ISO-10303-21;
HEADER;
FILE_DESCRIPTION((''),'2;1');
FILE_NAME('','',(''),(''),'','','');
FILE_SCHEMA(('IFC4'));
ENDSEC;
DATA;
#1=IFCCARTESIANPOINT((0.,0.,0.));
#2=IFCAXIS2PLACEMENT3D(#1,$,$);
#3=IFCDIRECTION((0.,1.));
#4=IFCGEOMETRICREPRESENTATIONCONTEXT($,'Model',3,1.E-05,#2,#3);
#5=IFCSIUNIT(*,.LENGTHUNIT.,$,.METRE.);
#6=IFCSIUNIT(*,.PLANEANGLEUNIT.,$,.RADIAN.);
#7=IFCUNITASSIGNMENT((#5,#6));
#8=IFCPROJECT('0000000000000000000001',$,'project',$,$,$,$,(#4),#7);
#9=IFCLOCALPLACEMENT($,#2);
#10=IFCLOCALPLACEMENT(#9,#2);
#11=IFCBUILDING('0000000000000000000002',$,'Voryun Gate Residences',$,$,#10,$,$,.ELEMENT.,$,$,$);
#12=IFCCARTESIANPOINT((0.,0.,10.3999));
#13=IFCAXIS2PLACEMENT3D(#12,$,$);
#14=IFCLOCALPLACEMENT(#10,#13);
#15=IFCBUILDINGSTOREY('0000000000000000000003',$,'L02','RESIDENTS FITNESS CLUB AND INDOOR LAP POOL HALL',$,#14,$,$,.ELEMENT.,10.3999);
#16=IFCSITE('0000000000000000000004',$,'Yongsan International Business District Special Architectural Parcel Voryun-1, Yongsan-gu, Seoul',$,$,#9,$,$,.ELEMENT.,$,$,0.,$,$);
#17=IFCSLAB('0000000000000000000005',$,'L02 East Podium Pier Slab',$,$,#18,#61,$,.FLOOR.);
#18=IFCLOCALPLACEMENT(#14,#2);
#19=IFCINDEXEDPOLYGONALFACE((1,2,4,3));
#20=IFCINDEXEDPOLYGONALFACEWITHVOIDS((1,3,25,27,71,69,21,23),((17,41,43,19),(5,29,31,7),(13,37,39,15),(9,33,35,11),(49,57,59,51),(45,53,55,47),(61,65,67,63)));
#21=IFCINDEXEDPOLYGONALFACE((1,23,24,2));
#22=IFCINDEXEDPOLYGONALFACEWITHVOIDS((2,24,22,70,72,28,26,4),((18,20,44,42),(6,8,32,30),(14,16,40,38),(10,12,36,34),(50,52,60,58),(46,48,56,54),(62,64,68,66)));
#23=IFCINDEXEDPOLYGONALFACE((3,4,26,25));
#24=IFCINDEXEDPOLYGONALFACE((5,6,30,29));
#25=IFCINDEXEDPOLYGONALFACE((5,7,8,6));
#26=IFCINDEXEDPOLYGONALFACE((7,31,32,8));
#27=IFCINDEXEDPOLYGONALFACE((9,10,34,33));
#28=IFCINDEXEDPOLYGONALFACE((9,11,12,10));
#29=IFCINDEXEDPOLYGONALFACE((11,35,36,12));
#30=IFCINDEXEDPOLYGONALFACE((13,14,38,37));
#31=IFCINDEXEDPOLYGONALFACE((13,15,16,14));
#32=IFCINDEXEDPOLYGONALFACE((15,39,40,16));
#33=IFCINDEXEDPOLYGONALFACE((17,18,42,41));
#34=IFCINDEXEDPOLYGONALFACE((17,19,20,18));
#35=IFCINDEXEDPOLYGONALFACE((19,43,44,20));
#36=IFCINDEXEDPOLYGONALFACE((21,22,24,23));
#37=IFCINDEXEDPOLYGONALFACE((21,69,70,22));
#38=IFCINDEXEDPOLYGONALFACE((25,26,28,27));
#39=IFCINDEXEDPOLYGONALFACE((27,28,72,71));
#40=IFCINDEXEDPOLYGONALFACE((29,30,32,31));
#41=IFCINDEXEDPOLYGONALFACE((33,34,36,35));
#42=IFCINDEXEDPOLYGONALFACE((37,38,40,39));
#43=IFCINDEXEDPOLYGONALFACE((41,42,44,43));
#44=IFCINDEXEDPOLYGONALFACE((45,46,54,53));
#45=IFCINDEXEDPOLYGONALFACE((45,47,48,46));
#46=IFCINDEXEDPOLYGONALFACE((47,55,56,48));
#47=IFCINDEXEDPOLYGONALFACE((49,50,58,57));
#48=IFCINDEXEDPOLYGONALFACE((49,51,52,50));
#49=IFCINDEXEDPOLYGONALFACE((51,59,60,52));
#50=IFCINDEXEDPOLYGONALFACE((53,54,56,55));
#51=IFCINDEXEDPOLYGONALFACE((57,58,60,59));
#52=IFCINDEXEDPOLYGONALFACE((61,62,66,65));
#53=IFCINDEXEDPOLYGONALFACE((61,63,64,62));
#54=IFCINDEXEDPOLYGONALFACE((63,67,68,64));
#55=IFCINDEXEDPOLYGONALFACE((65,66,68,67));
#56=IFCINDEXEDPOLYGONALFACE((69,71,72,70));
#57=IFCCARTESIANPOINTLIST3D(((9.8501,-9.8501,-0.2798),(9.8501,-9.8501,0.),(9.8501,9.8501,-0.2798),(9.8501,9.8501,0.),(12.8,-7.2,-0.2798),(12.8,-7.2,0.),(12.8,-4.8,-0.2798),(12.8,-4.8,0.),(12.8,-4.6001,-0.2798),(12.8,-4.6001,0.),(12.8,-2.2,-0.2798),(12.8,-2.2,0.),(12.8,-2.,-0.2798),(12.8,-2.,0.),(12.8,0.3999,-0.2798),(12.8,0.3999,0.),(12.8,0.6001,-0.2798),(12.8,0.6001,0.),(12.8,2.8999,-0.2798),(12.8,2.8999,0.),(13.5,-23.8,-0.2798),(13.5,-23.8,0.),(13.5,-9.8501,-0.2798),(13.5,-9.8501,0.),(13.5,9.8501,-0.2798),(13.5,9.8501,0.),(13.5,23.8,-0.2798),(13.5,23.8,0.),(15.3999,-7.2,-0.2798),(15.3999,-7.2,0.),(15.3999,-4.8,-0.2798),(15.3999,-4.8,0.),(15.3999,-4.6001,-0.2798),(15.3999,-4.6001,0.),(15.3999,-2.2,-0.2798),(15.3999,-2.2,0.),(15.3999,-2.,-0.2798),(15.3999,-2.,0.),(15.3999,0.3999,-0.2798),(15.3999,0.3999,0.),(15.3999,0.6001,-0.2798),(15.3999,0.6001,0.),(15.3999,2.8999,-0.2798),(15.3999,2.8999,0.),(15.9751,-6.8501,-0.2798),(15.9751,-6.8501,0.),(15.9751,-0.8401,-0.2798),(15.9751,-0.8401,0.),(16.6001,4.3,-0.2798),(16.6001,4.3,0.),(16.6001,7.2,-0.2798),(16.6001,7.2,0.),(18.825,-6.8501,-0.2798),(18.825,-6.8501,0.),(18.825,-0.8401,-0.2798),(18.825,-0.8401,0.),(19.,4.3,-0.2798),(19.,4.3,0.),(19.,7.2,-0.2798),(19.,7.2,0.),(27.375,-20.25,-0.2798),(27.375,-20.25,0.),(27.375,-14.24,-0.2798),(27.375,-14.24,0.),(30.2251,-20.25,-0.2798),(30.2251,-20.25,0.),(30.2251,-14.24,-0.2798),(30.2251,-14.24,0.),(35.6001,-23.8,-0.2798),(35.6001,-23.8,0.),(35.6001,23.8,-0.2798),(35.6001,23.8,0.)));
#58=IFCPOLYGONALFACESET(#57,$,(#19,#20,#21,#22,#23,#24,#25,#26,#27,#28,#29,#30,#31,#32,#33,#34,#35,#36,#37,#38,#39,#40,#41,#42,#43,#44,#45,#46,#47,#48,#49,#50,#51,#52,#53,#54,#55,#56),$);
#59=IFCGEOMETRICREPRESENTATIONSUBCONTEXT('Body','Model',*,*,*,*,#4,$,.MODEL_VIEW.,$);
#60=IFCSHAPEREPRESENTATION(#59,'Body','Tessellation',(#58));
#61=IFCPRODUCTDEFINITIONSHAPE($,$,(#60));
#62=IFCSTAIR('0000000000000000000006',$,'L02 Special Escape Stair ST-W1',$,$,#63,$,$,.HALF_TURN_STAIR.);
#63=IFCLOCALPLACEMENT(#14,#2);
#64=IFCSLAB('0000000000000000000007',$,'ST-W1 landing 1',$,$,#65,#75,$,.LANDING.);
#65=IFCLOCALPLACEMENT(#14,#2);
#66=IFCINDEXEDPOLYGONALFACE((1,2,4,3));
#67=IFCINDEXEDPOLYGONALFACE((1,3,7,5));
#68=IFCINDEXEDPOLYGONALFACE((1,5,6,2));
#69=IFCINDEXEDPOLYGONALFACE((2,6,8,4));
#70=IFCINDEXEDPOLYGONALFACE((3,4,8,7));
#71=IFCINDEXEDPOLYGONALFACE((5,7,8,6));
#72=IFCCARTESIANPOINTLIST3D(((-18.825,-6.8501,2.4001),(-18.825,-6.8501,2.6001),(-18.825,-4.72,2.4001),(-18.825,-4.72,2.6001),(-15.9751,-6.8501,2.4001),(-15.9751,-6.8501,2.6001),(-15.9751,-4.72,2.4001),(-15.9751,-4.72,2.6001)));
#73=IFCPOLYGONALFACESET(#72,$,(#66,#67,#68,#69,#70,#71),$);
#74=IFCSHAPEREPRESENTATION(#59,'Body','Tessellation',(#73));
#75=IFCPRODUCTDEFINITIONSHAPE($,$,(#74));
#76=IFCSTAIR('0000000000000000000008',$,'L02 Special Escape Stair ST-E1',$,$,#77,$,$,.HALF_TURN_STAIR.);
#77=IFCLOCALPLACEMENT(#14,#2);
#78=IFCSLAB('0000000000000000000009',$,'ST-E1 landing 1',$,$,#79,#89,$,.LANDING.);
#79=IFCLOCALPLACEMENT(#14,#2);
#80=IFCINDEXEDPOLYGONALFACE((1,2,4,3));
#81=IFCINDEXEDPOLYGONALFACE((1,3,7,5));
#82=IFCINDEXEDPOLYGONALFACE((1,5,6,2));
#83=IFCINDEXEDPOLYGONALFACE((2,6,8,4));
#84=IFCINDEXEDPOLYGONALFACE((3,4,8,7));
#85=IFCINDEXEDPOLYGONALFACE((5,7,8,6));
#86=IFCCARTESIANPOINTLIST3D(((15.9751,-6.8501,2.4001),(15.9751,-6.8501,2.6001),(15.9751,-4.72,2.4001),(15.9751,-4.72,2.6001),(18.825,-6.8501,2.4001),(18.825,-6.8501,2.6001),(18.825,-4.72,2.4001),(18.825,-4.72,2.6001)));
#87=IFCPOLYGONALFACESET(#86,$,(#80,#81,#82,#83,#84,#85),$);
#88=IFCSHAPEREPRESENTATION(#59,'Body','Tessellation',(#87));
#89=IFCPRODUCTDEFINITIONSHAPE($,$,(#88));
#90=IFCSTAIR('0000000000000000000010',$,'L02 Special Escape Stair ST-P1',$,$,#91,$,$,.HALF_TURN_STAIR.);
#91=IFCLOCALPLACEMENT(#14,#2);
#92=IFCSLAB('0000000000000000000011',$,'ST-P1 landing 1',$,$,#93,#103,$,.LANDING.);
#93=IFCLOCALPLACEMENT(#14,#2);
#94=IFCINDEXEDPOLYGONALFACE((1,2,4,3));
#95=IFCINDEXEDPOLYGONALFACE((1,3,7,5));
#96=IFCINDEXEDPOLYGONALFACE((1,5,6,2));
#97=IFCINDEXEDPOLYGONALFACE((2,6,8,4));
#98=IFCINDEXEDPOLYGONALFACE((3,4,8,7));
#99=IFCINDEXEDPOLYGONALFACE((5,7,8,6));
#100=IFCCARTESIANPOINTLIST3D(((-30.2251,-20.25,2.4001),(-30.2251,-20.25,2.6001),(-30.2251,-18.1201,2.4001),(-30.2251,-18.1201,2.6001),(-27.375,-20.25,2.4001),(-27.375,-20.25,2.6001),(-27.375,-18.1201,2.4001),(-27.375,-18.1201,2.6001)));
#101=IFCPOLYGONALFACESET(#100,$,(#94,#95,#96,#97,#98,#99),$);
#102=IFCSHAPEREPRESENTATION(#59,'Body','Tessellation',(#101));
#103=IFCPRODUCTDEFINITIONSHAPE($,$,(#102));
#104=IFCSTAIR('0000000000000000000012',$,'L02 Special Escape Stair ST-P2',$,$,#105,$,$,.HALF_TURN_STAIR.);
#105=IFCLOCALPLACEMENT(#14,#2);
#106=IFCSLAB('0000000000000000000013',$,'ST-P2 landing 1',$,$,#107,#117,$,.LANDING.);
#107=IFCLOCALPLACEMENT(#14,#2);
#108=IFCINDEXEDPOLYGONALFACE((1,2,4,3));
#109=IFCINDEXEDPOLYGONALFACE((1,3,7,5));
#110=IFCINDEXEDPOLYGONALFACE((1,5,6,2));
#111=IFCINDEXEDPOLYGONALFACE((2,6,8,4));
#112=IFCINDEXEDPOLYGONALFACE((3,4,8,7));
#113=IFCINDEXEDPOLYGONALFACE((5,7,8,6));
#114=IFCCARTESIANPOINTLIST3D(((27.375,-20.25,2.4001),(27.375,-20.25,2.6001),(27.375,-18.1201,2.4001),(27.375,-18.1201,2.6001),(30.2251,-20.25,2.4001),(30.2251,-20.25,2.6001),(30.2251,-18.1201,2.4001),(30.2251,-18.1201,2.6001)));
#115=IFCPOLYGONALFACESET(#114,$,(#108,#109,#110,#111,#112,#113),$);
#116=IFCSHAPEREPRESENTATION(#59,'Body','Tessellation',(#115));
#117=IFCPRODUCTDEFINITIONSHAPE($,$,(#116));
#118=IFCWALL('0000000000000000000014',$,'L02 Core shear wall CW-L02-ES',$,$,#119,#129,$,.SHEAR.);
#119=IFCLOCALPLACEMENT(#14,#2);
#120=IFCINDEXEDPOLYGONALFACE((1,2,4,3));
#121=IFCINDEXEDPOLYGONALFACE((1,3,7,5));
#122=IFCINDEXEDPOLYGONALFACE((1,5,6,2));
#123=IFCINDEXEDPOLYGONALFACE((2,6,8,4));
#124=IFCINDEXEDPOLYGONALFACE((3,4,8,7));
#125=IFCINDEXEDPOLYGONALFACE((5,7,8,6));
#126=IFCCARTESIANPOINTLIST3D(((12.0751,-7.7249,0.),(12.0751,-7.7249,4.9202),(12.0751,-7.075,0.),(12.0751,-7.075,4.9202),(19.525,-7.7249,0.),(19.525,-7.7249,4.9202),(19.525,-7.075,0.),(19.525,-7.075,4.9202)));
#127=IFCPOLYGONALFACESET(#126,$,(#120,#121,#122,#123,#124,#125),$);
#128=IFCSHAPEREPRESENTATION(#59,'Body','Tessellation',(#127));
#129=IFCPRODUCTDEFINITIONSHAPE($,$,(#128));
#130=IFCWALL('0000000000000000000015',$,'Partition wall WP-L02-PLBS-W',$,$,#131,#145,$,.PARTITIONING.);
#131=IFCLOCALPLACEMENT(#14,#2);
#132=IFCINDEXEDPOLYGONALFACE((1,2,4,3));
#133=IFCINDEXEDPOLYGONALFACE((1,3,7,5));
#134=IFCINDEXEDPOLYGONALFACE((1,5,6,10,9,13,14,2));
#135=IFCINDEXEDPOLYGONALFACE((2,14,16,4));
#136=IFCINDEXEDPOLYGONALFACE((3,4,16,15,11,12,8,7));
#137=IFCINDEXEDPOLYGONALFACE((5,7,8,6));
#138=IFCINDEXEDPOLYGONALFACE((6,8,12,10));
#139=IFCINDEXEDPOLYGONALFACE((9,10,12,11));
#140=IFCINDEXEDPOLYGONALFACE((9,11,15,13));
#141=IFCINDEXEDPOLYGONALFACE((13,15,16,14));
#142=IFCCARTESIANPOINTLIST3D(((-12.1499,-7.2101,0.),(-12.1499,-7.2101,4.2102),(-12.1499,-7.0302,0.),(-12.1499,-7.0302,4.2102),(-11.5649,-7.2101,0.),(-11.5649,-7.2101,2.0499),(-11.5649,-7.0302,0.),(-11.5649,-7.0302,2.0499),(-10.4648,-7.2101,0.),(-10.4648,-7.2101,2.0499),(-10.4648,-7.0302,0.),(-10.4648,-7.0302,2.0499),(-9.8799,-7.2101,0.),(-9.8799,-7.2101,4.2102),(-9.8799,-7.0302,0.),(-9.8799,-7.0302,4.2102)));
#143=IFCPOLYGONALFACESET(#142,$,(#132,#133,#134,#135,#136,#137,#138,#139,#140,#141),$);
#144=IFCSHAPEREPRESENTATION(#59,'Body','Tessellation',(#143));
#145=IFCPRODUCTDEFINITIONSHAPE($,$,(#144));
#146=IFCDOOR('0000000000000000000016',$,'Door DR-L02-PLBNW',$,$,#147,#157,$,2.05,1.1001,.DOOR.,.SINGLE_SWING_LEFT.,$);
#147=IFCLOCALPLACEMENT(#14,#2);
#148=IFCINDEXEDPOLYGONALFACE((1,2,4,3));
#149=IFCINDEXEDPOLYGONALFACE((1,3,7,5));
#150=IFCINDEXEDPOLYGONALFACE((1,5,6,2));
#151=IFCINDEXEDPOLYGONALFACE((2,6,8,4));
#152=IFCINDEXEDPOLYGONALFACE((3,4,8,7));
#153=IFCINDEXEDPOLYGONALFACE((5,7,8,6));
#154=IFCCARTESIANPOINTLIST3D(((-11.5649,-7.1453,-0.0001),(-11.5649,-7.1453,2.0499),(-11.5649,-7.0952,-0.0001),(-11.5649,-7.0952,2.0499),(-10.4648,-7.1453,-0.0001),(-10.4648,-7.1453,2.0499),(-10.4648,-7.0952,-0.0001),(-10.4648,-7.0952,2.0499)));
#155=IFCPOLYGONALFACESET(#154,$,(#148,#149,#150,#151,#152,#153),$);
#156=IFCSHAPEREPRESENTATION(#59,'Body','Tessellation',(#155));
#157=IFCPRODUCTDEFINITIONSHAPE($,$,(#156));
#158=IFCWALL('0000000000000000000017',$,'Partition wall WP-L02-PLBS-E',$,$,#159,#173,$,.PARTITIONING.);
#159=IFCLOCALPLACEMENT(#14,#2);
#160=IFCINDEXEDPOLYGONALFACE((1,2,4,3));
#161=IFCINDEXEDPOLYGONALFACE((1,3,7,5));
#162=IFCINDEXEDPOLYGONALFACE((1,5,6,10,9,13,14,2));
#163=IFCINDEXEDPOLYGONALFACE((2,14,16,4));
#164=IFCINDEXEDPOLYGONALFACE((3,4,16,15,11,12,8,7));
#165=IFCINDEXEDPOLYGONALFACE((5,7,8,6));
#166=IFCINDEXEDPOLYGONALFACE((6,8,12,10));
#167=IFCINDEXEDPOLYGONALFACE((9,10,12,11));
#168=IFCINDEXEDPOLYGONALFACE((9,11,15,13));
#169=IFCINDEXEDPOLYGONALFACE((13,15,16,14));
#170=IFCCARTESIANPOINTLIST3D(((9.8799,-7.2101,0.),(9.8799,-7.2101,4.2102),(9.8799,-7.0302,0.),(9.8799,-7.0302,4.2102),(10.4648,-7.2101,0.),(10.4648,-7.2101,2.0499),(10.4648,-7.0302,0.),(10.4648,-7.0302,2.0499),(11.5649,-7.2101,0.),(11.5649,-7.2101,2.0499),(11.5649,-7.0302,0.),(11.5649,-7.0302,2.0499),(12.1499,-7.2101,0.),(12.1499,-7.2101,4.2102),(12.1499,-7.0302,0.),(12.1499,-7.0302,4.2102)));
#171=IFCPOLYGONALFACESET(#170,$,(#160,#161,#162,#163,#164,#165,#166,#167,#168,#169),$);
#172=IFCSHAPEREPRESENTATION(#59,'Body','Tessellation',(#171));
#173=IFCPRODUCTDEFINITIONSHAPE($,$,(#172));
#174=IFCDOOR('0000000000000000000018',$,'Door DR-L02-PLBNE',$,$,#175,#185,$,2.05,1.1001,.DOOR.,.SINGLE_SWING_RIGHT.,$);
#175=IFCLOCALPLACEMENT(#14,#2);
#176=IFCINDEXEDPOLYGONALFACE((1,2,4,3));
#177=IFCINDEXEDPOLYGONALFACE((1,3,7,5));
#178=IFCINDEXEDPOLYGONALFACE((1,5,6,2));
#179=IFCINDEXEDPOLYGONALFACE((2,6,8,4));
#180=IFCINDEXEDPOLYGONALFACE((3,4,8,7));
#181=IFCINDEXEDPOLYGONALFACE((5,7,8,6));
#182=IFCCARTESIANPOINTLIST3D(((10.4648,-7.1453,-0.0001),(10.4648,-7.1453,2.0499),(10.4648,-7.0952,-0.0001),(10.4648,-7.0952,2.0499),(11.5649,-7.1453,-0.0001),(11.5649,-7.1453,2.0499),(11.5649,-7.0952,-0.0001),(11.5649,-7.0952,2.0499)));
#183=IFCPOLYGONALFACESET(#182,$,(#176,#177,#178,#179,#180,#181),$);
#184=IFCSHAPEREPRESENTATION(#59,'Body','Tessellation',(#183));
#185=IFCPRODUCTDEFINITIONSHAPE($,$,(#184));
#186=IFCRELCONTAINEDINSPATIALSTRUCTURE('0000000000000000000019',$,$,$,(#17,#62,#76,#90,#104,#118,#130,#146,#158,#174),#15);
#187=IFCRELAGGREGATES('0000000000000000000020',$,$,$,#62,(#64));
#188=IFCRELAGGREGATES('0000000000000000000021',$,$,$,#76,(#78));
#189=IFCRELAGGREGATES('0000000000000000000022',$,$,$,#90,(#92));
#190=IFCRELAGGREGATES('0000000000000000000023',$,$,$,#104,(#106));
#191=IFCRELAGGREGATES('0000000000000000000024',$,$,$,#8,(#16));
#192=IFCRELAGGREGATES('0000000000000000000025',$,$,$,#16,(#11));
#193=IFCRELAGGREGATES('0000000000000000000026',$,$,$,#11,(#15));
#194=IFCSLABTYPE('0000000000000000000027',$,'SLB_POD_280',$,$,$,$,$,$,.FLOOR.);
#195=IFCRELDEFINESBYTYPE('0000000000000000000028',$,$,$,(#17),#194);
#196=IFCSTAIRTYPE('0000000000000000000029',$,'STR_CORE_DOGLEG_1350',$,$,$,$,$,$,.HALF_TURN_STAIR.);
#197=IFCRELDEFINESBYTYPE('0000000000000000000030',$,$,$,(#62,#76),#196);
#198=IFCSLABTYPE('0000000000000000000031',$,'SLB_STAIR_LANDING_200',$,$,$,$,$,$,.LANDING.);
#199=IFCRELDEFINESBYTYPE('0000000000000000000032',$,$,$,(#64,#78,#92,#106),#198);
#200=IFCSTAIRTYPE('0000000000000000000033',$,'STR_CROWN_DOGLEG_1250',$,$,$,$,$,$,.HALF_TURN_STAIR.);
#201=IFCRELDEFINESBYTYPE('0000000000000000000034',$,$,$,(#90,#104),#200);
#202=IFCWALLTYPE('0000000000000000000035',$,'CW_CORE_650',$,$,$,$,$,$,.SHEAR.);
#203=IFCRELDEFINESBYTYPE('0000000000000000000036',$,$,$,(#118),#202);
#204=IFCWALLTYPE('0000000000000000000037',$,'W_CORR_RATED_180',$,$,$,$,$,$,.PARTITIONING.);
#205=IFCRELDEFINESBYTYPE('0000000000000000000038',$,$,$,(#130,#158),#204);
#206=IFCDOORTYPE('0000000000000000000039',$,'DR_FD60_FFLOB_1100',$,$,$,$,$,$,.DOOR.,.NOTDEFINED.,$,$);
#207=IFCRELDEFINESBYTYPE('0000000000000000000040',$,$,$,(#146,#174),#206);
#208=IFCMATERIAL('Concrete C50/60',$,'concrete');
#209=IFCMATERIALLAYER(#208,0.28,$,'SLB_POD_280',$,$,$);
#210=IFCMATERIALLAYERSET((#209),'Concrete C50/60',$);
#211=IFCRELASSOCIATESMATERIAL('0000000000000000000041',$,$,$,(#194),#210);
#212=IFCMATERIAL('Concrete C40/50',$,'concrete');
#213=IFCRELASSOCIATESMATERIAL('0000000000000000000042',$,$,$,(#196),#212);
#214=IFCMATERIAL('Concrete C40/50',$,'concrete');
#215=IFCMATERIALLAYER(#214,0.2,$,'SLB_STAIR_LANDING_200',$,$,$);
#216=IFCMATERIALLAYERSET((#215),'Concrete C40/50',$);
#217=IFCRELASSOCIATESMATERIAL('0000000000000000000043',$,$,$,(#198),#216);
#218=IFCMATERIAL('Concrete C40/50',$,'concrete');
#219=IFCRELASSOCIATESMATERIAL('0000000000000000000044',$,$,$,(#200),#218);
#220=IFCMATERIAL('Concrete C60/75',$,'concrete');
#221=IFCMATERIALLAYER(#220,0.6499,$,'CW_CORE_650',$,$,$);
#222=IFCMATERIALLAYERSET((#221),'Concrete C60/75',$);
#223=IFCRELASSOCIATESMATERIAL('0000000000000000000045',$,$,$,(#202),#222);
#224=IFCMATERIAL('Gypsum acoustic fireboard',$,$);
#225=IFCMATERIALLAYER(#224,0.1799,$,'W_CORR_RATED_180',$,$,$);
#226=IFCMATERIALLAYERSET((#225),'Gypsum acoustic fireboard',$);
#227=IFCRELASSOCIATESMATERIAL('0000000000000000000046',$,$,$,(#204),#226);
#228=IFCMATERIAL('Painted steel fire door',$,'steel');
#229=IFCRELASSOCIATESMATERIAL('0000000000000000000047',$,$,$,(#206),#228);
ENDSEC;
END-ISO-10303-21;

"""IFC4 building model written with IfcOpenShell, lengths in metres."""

from ifc_helpers import new_model, si_unit, direction, frame, frame_2d, origin, place, context, subcontext, project, spatial, polyline, rectangle, outline, extrude, material, layer, layer_set, type_object, element, fill, aggregate, save


model = new_model("IFC4")

# Units and contexts
model_context = context("Model", 3, precision=1e-05, world=origin(), true_north=direction((0.0, 1.0)))
body_context = subcontext(model_context, "Body", "Model", "MODEL_VIEW")
ifc_project = project(units=[si_unit("LENGTHUNIT", "METRE"), si_unit("PLANEANGLEUNIT", "RADIAN")], contexts=[model_context])

# Site, building, storey
site_placement = place(None, origin())
site = spatial("IfcSite", under=ifc_project, at=site_placement, Name="Yongsan International Business District Special Architectural Parcel Voryun-1, Yongsan-gu, Seoul", CompositionType="ELEMENT", RefElevation=0.0)
building_placement = place(site_placement, origin())
building = spatial("IfcBuilding", under=site, at=building_placement, Name="Voryun Gate Residences", CompositionType="ELEMENT")
storey_placement = place(building_placement, frame((0.0, 0.0, 10.3999)))
storey = spatial("IfcBuildingStorey", under=building, at=storey_placement, Name="L02", Description="RESIDENTS FITNESS CLUB AND INDOOR LAP POOL HALL", CompositionType="ELEMENT", Elevation=10.3999)

# Slab
ifc_material_1 = material(Name="Concrete C50/60", Category="concrete")
ifc_layer_1 = layer(ifc_material_1, 0.28, Name="SLB_POD_280")
ifc_layer_set_1 = layer_set([ifc_layer_1], Name="Concrete C50/60")
slab_type_1 = type_object("IfcSlabType", Name="SLB_POD_280", PredefinedType="FLOOR", material=ifc_layer_set_1)
slab_1_placement = place(storey_placement, frame((0.0, 0.0, -0.2798)))
element("IfcSlab", 1, at=slab_1_placement, inside=storey, type_object=slab_type_1, Name="L02 East Podium Pier Slab", PredefinedType="FLOOR", context=body_context, shape_type="SweptSolid", body=[
    extrude(outline(polyline([(9.8501, 9.8501), (13.5, 9.8501), (13.5, 23.8), (35.6001, 23.8), (35.6001, -23.8), (13.5, -23.8), (13.5, -9.8501), (9.8501, -9.8501), (9.8501, 9.8501)]), holes=[polyline([(30.2251, -20.25), (30.2251, -14.24), (27.375, -14.24), (27.375, -20.25), (30.2251, -20.25)]), polyline([(15.3999, -7.2), (15.3999, -4.8), (12.8, -4.8), (12.8, -7.2), (15.3999, -7.2)]), polyline([(15.9751, -6.8501), (18.825, -6.8501), (18.825, -0.8401), (15.9751, -0.8401), (15.9751, -6.8501)]), polyline([(15.3999, -4.6001), (15.3999, -2.2), (12.8, -2.2), (12.8, -4.6001), (15.3999, -4.6001)]), polyline([(15.3999, -2.0), (15.3999, 0.3999), (12.8, 0.3999), (12.8, -2.0), (15.3999, -2.0)]), polyline([(15.3999, 0.6001), (15.3999, 2.8999), (12.8, 2.8999), (12.8, 0.6001), (15.3999, 0.6001)]), polyline([(19.0, 4.3), (19.0, 7.2), (16.6001, 7.2), (16.6001, 4.3), (19.0, 4.3)])]), origin(), (0.0, 0.0, 1.0), 0.2798),
])

# Stairs, slabs
ifc_material_2 = material(Name="Concrete C40/50", Category="concrete")
stair_type_1 = type_object("IfcStairType", Name="STR_CORE_DOGLEG_1350", PredefinedType="HALF_TURN_STAIR", material=ifc_material_2)
stair_1_placement = place(storey_placement, origin())
stair_1 = element("IfcStair", 2, at=stair_1_placement, inside=storey, type_object=stair_type_1, Name="L02 Special Escape Stair ST-W1", PredefinedType="HALF_TURN_STAIR")
ifc_material_3 = material(Name="Concrete C40/50", Category="concrete")
ifc_layer_2 = layer(ifc_material_3, 0.2, Name="SLB_STAIR_LANDING_200")
ifc_layer_set_2 = layer_set([ifc_layer_2], Name="Concrete C40/50")
slab_type_2 = type_object("IfcSlabType", Name="SLB_STAIR_LANDING_200", PredefinedType="LANDING", material=ifc_layer_set_2)
slab_2_placement = place(storey_placement, frame((0.0, 0.0, 2.4001)))
slab_2 = element("IfcSlab", 3, at=slab_2_placement, type_object=slab_type_2, Name="ST-W1 landing 1", PredefinedType="LANDING", context=body_context, shape_type="SweptSolid", body=[
    extrude(outline(polyline([(-18.825, -4.72), (-18.825, -6.8501), (-15.9751, -6.8501), (-15.9751, -4.72), (-18.825, -4.72)])), origin(), (0.0, 0.0, 1.0), 0.2),
])
aggregate(stair_1, [slab_2])
stair_2_placement = place(storey_placement, origin())
stair_2 = element("IfcStair", 4, at=stair_2_placement, inside=storey, type_object=stair_type_1, Name="L02 Special Escape Stair ST-E1", PredefinedType="HALF_TURN_STAIR")
slab_3_placement = place(storey_placement, frame((0.0, 0.0, 2.4001)))
slab_3 = element("IfcSlab", 5, at=slab_3_placement, type_object=slab_type_2, Name="ST-E1 landing 1", PredefinedType="LANDING", context=body_context, shape_type="SweptSolid", body=[
    extrude(outline(polyline([(15.9751, -4.72), (15.9751, -6.8501), (18.825, -6.8501), (18.825, -4.72), (15.9751, -4.72)])), origin(), (0.0, 0.0, 1.0), 0.2),
])
aggregate(stair_2, [slab_3])
ifc_material_4 = material(Name="Concrete C40/50", Category="concrete")
stair_type_2 = type_object("IfcStairType", Name="STR_CROWN_DOGLEG_1250", PredefinedType="HALF_TURN_STAIR", material=ifc_material_4)
stair_3_placement = place(storey_placement, origin())
stair_3 = element("IfcStair", 6, at=stair_3_placement, inside=storey, type_object=stair_type_2, Name="L02 Special Escape Stair ST-P1", PredefinedType="HALF_TURN_STAIR")
slab_4_placement = place(storey_placement, frame((0.0, 0.0, 2.4001)))
slab_4 = element("IfcSlab", 7, at=slab_4_placement, type_object=slab_type_2, Name="ST-P1 landing 1", PredefinedType="LANDING", context=body_context, shape_type="SweptSolid", body=[
    extrude(outline(polyline([(-30.2251, -18.1201), (-30.2251, -20.25), (-27.375, -20.25), (-27.375, -18.1201), (-30.2251, -18.1201)])), origin(), (0.0, 0.0, 1.0), 0.2),
])
aggregate(stair_3, [slab_4])
stair_4_placement = place(storey_placement, origin())
stair_4 = element("IfcStair", 8, at=stair_4_placement, inside=storey, type_object=stair_type_2, Name="L02 Special Escape Stair ST-P2", PredefinedType="HALF_TURN_STAIR")
slab_5_placement = place(storey_placement, frame((0.0, 0.0, 2.4001)))
slab_5 = element("IfcSlab", 9, at=slab_5_placement, type_object=slab_type_2, Name="ST-P2 landing 1", PredefinedType="LANDING", context=body_context, shape_type="SweptSolid", body=[
    extrude(outline(polyline([(27.375, -18.1201), (27.375, -20.25), (30.2251, -20.25), (30.2251, -18.1201), (27.375, -18.1201)])), origin(), (0.0, 0.0, 1.0), 0.2),
])
aggregate(stair_4, [slab_5])

# Wall
ifc_material_5 = material(Name="Concrete C60/75", Category="concrete")
ifc_layer_3 = layer(ifc_material_5, 0.6499, Name="CW_CORE_650")
ifc_layer_set_3 = layer_set([ifc_layer_3], Name="Concrete C60/75")
wall_type_1 = type_object("IfcWallType", Name="CW_CORE_650", PredefinedType="SHEAR", material=ifc_layer_set_3)
wall_1_placement = place(storey_placement, frame((12.075, -7.3999, 0.0), z_axis=(0.0, 0.0, 1.0), x_axis=(1.0, 0.0, 0.0)))
element("IfcWall", 10, at=wall_1_placement, inside=storey, type_object=wall_type_1, Name="L02 Core shear wall CW-L02-ES", PredefinedType="SHEAR", context=body_context, shape_type="SweptSolid", body=[
    extrude(rectangle(XDim=7.45, YDim=0.6499, at=frame_2d((3.7251, 0.0))), origin(), (0.0, 0.0, 1.0), 4.9202),
])

# Walls, openings, doors
ifc_material_6 = material(Name="Gypsum acoustic fireboard")
ifc_layer_4 = layer(ifc_material_6, 0.1799, Name="W_CORR_RATED_180")
ifc_layer_set_4 = layer_set([ifc_layer_4], Name="Gypsum acoustic fireboard")
wall_type_2 = type_object("IfcWallType", Name="W_CORR_RATED_180", PredefinedType="PARTITIONING", material=ifc_layer_set_4)
wall_2_placement = place(storey_placement, frame((-12.1499, -7.1201, 0.0), z_axis=(0.0, 0.0, 1.0), x_axis=(1.0, 0.0, 0.0)))
wall_2 = element("IfcWall", 11, at=wall_2_placement, inside=storey, type_object=wall_type_2, Name="Partition wall WP-L02-PLBS-W", PredefinedType="PARTITIONING", context=body_context, shape_type="SweptSolid", body=[
    extrude(rectangle(XDim=2.27, YDim=0.1799, at=frame_2d((1.135, 0.0))), origin(), (0.0, 0.0, 1.0), 4.2102),
])
opening_1_placement = place(wall_2_placement, frame((0.585, 0.0, 0.0)))
opening_1 = element("IfcOpeningElement", 12, at=opening_1_placement, cuts=wall_2, PredefinedType="OPENING", context=body_context, shape_type="SweptSolid", body=[
    extrude(rectangle(XDim=1.1001, YDim=2.05, at=frame_2d((0.55, 1.0249))), frame((0.0, 0.0999, 0.0), z_axis=(0.0, -1.0, 0.0), x_axis=(1.0, 0.0, 0.0)), (0.0, 0.0, 1.0), 0.2),
])
ifc_material_7 = material(Name="Painted steel fire door", Category="steel")
door_type = type_object("IfcDoorType", Name="DR_FD60_FFLOB_1100", OperationType="NOTDEFINED", PredefinedType="DOOR", material=ifc_material_7)
door_1_placement = place(opening_1_placement, origin())
door_1 = element("IfcDoor", 13, at=door_1_placement, inside=storey, type_object=door_type, Name="Door DR-L02-PLBNW", OperationType="SINGLE_SWING_LEFT", OverallHeight=2.05, OverallWidth=1.1001, PredefinedType="DOOR", context=body_context, shape_type="SweptSolid", body=[
    extrude(rectangle(XDim=1.1001, YDim=2.05, at=frame_2d((0.55, 1.0249))), frame((0.0, 0.0249, 0.0), z_axis=(0.0, -1.0, 0.0), x_axis=(1.0, 0.0, 0.0)), (0.0, 0.0, 1.0), 0.05),
])
fill(opening_1, door_1)
wall_3_placement = place(storey_placement, frame((9.8799, -7.1201, 0.0), z_axis=(0.0, 0.0, 1.0), x_axis=(1.0, 0.0, 0.0)))
wall_3 = element("IfcWall", 14, at=wall_3_placement, inside=storey, type_object=wall_type_2, Name="Partition wall WP-L02-PLBS-E", PredefinedType="PARTITIONING", context=body_context, shape_type="SweptSolid", body=[
    extrude(rectangle(XDim=2.27, YDim=0.1799, at=frame_2d((1.135, 0.0))), origin(), (0.0, 0.0, 1.0), 4.2102),
])
opening_2_placement = place(wall_3_placement, frame((0.585, 0.0, 0.0)))
opening_2 = element("IfcOpeningElement", 15, at=opening_2_placement, cuts=wall_3, PredefinedType="OPENING", context=body_context, shape_type="SweptSolid", body=[
    extrude(rectangle(XDim=1.1001, YDim=2.05, at=frame_2d((0.55, 1.0249))), frame((0.0, 0.0999, 0.0), z_axis=(0.0, -1.0, 0.0), x_axis=(1.0, 0.0, 0.0)), (0.0, 0.0, 1.0), 0.2),
])
door_2_placement = place(opening_2_placement, origin())
door_2 = element("IfcDoor", 16, at=door_2_placement, inside=storey, type_object=door_type, Name="Door DR-L02-PLBNE", OperationType="SINGLE_SWING_RIGHT", OverallHeight=2.05, OverallWidth=1.1001, PredefinedType="DOOR", context=body_context, shape_type="SweptSolid", body=[
    extrude(rectangle(XDim=1.1001, YDim=2.05, at=frame_2d((0.55, 1.0249))), frame((0.0, 0.0249, 0.0), z_axis=(0.0, -1.0, 0.0), x_axis=(1.0, 0.0, 0.0)), (0.0, 0.0, 1.0), 0.05),
])
fill(opening_2, door_2)

save(model, "model.ifc")
